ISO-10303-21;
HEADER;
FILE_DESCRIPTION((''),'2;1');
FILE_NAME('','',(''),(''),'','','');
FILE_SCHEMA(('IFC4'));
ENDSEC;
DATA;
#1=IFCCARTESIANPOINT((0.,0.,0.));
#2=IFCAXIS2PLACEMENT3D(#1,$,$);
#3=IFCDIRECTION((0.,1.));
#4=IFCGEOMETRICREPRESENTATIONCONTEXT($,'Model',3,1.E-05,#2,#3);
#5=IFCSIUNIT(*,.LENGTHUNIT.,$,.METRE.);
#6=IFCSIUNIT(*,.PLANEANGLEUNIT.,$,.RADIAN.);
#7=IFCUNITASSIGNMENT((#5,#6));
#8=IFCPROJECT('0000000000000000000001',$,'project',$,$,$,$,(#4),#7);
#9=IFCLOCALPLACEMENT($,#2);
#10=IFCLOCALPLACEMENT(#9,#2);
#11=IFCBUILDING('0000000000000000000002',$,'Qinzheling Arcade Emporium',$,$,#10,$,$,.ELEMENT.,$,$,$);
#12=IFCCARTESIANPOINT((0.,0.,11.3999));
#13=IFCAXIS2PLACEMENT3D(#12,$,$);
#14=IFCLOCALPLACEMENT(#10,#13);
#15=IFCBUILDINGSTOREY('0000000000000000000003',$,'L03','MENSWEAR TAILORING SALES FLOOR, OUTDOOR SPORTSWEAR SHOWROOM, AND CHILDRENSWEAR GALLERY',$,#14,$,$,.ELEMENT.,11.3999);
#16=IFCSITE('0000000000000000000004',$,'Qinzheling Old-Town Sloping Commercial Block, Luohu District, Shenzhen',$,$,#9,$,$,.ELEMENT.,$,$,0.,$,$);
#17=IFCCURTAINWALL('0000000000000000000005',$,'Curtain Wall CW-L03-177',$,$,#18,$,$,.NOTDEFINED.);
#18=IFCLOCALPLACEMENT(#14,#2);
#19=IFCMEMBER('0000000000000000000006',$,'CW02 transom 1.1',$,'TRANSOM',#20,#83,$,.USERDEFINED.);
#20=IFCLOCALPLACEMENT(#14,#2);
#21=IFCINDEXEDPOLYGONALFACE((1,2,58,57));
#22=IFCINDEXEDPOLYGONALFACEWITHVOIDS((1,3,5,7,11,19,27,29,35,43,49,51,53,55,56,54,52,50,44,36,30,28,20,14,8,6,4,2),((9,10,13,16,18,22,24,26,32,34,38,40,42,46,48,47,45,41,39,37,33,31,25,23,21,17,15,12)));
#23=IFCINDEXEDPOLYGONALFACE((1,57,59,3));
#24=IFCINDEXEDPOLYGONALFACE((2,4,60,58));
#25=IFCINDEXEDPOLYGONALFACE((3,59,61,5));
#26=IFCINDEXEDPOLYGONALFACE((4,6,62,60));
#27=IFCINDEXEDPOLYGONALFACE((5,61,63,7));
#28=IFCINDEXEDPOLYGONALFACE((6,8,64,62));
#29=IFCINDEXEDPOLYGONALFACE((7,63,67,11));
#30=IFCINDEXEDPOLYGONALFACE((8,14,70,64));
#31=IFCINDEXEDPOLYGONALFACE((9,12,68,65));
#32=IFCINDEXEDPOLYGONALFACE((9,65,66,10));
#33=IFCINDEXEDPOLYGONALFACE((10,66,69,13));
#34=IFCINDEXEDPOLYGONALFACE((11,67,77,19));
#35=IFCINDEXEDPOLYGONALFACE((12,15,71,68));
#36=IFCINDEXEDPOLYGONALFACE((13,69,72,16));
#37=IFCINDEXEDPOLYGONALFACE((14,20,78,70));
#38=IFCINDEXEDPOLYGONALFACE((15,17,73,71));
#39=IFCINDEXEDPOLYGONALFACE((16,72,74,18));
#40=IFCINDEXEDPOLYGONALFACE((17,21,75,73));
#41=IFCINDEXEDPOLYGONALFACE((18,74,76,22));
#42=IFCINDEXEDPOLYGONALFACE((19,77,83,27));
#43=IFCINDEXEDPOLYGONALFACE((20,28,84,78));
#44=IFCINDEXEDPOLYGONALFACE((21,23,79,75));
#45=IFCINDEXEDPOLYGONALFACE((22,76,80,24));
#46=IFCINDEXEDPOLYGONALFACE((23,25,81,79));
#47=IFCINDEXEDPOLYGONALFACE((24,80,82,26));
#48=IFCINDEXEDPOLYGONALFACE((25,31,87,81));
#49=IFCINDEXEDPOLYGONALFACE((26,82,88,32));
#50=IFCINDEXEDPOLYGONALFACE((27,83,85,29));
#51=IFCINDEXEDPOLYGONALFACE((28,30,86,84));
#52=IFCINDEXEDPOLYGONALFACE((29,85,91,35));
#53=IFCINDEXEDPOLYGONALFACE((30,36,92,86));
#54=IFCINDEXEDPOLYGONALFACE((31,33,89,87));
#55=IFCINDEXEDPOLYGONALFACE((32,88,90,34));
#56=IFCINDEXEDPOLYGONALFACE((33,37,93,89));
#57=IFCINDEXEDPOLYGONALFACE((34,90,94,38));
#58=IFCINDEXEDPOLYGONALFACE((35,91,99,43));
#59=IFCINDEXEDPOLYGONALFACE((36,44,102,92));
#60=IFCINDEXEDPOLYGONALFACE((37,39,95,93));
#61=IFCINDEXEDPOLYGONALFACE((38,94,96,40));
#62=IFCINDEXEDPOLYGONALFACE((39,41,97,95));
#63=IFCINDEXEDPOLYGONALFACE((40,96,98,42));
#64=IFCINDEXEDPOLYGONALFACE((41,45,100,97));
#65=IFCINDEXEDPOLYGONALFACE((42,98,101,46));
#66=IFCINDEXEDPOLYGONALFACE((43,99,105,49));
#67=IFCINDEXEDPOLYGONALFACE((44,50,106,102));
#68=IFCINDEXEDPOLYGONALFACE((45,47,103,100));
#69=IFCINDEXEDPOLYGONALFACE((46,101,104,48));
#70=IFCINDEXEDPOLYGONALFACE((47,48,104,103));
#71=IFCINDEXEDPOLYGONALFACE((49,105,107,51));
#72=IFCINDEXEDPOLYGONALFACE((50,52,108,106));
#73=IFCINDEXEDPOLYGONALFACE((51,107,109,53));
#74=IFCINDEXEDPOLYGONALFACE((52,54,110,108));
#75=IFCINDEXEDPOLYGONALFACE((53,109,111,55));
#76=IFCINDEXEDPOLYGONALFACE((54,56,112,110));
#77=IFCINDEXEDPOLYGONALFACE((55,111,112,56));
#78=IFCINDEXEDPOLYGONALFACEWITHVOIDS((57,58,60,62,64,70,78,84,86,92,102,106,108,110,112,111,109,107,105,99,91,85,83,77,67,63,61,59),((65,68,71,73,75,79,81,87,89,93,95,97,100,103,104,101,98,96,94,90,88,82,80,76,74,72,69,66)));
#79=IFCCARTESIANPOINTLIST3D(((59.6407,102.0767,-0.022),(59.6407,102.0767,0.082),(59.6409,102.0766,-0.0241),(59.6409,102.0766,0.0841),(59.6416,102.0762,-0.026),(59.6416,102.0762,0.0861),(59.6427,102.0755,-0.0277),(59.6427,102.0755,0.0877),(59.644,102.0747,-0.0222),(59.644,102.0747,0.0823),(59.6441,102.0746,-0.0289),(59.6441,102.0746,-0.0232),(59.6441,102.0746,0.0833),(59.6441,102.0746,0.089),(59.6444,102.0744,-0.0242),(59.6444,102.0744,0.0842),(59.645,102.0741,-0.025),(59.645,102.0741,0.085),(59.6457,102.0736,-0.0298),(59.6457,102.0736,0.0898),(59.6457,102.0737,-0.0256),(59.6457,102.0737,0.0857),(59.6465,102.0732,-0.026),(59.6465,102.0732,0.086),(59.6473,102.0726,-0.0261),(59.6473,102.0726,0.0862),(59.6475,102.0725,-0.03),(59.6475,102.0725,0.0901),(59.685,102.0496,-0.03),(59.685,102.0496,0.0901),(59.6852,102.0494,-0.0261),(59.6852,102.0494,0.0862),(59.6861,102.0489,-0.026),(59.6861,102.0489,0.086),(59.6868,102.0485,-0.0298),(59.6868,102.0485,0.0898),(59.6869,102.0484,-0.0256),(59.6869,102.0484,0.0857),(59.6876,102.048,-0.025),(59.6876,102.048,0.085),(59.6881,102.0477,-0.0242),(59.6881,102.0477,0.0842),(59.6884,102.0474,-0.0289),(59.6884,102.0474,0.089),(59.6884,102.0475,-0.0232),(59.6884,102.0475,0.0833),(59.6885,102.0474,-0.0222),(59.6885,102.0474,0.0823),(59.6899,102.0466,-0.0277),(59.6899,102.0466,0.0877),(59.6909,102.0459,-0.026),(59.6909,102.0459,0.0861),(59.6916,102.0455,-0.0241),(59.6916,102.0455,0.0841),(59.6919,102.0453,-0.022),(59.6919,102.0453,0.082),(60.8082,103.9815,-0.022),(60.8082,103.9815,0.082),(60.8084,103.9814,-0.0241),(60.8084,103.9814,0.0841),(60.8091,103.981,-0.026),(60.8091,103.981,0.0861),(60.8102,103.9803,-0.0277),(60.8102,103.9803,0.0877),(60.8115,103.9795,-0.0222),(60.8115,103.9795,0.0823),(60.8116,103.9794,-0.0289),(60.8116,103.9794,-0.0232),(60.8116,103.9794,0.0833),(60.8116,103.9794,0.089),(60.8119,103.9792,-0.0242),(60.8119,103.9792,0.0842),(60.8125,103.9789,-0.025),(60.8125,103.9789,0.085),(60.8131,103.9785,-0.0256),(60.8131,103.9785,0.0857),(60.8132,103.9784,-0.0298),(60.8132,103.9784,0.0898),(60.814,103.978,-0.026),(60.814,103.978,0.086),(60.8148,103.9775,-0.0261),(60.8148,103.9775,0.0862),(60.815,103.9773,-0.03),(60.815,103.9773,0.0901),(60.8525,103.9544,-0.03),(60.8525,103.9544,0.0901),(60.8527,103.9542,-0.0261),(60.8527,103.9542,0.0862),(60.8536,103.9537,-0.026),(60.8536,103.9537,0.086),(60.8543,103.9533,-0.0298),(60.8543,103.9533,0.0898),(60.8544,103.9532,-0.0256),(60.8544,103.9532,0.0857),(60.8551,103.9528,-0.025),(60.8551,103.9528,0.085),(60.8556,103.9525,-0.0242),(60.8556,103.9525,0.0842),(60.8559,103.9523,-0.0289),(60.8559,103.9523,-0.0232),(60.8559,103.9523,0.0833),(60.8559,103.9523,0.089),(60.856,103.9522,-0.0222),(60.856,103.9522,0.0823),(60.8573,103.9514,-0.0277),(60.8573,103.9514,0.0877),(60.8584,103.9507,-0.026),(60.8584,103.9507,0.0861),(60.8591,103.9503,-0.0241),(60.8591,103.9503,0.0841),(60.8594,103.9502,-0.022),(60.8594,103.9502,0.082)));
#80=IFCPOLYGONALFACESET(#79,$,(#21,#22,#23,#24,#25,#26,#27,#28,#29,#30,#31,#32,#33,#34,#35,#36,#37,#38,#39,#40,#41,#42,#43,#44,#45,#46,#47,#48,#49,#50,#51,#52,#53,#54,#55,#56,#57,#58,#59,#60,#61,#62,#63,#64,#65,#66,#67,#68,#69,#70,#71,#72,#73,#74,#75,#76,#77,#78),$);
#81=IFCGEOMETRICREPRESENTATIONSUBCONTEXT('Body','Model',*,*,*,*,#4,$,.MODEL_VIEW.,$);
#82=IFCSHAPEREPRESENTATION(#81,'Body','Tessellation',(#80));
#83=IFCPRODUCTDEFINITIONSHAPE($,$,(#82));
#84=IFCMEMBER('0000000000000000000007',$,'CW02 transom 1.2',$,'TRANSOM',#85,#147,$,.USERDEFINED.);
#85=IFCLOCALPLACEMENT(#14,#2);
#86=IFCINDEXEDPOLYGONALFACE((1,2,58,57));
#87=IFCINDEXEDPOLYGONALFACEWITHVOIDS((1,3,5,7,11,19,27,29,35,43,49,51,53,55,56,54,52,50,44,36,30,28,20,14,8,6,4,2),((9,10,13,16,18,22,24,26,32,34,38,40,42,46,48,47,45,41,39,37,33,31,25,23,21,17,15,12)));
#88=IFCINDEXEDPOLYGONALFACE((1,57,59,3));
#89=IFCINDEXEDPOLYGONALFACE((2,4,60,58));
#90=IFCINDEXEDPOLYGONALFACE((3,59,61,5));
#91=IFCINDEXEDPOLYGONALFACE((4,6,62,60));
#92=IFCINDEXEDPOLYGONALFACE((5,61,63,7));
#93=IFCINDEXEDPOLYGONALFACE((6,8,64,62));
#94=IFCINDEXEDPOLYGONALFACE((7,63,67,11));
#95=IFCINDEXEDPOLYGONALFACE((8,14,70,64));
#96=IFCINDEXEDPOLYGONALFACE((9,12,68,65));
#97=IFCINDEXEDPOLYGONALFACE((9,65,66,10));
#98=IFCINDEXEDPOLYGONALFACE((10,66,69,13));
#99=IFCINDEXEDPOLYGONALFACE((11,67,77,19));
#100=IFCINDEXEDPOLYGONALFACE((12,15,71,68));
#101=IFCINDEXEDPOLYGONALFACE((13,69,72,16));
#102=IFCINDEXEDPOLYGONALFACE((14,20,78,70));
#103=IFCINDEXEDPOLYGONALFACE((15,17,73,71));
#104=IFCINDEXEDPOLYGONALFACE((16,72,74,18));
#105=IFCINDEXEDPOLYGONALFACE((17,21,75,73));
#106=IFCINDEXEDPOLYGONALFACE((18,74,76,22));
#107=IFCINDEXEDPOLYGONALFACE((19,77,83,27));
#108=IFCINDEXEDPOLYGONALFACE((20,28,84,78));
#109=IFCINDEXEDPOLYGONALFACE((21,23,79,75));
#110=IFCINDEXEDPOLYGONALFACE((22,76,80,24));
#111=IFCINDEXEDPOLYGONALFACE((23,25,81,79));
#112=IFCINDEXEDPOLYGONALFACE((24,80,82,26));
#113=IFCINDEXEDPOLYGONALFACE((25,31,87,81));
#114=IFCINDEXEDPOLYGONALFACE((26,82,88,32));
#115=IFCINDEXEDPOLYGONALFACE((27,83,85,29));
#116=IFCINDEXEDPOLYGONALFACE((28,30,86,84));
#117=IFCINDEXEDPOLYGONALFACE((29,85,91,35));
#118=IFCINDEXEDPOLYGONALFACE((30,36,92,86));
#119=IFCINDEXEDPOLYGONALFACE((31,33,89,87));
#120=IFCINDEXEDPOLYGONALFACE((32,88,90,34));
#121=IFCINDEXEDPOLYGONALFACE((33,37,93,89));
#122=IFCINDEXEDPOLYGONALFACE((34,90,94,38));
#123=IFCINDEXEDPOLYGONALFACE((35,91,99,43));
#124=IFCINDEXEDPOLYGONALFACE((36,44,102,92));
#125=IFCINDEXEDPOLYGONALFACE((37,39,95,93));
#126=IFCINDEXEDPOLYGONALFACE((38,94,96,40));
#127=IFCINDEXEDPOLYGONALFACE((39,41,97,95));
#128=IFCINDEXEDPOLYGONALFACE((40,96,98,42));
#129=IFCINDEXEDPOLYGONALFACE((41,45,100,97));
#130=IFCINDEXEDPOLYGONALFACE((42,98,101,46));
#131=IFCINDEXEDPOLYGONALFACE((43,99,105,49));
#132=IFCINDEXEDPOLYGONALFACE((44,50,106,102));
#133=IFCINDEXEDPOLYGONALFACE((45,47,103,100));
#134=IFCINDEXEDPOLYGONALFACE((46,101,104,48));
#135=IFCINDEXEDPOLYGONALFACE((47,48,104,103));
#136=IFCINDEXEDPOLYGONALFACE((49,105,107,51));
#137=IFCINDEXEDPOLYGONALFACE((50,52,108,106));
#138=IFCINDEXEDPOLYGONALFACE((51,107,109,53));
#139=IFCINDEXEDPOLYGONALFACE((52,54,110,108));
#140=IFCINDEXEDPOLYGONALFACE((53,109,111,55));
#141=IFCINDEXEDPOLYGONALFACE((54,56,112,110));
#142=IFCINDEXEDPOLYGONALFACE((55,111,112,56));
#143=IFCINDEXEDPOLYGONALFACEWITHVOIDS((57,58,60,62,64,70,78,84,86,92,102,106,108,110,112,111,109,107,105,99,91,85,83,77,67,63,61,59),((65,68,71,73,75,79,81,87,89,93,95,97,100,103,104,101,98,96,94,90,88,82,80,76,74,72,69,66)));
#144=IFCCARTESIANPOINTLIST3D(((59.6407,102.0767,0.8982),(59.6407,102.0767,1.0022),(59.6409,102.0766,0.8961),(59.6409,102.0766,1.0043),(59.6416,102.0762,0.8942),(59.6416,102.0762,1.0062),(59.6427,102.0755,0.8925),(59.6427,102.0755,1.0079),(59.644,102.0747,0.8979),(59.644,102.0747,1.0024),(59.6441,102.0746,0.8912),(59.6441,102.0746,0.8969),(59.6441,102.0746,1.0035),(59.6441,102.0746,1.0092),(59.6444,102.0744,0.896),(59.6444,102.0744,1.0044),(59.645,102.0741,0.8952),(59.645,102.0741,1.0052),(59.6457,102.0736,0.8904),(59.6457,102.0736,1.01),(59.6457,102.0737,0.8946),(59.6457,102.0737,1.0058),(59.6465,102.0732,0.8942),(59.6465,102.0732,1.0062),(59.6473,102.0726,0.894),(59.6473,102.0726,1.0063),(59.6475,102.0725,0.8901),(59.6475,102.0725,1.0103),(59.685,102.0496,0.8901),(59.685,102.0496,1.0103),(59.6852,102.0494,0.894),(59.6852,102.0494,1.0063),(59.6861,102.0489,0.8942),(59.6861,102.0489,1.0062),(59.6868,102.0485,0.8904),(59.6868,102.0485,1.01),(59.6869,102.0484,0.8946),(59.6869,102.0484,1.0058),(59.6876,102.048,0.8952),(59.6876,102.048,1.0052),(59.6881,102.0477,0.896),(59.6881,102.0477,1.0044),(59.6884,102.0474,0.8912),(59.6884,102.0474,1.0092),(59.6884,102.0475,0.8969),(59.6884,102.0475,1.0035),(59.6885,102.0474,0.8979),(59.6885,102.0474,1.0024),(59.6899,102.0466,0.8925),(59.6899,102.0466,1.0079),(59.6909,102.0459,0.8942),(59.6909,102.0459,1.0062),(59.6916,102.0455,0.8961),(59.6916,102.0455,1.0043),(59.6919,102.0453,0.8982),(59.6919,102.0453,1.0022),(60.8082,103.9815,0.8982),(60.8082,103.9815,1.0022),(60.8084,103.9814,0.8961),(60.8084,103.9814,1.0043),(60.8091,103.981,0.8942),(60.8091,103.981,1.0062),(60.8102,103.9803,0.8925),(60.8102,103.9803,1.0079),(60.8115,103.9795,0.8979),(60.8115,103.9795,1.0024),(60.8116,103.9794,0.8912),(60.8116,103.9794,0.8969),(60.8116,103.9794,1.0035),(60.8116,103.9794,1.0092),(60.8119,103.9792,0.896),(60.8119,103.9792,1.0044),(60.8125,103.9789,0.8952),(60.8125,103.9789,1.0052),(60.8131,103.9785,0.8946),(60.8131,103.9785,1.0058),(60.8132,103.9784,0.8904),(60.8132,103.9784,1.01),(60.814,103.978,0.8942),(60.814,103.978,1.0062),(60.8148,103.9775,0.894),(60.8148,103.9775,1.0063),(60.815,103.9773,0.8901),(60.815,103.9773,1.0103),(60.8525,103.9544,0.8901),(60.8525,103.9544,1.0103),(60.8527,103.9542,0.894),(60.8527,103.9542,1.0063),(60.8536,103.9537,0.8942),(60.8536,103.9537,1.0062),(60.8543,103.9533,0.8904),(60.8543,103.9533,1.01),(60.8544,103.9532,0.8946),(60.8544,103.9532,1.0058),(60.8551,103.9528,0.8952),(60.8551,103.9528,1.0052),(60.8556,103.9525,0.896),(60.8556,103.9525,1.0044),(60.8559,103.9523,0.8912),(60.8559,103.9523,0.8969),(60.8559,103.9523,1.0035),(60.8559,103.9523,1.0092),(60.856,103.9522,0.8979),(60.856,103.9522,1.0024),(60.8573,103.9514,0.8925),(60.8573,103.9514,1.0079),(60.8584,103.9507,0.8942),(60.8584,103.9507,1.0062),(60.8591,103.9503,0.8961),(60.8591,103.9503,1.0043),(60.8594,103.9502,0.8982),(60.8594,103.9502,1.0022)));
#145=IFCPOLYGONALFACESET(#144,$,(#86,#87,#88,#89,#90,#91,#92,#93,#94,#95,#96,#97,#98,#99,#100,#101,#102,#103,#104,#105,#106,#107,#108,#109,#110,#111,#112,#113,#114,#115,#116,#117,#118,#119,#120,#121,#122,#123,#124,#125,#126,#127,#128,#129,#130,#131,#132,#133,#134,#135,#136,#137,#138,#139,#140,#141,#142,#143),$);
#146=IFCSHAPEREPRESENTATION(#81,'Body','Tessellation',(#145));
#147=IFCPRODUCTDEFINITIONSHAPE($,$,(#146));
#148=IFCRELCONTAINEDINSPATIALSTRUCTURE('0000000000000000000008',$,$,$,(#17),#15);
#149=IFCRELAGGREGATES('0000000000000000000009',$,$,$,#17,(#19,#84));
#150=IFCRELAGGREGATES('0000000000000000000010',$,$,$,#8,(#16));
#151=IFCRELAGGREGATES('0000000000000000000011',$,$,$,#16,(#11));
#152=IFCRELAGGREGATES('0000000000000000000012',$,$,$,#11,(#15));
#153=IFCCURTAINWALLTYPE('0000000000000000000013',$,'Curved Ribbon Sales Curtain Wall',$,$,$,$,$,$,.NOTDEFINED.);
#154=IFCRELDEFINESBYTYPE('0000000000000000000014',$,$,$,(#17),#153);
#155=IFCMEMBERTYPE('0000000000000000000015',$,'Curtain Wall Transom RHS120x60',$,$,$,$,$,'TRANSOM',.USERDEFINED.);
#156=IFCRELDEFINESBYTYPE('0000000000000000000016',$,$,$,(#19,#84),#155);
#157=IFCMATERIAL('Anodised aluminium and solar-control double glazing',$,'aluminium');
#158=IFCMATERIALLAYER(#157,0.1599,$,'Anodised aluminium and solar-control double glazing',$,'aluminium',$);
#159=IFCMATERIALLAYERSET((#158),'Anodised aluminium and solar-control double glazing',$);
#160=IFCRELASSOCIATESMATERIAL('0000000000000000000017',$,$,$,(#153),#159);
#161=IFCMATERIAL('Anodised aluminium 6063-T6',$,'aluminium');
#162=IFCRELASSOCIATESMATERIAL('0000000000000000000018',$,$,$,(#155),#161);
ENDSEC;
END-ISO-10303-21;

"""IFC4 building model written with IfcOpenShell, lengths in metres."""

from ifc_helpers import new_model, si_unit, direction, frame, origin, origin_2d, place, context, subcontext, project, spatial, hollow_rectangle, extrude, material, layer, layer_set, material_profile, profile_set, type_object, element, aggregate, save


model = new_model("IFC4")

# Units and contexts
model_context = context("Model", 3, precision=1e-05, world=origin(), true_north=direction((0.0, 1.0)))
body_context = subcontext(model_context, "Body", "Model", "MODEL_VIEW")
ifc_project = project(units=[si_unit("LENGTHUNIT", "METRE"), si_unit("PLANEANGLEUNIT", "RADIAN")], contexts=[model_context])

# Site, building, storey
site_placement = place(None, origin())
site = spatial("IfcSite", under=ifc_project, at=site_placement, Name="Qinzheling Old-Town Sloping Commercial Block, Luohu District, Shenzhen", CompositionType="ELEMENT", RefElevation=0.0)
building_placement = place(site_placement, origin())
building = spatial("IfcBuilding", under=site, at=building_placement, Name="Qinzheling Arcade Emporium", CompositionType="ELEMENT")
storey_placement = place(building_placement, frame((0.0, 0.0, 11.3999)))
storey = spatial("IfcBuildingStorey", under=building, at=storey_placement, Name="L03", Description="MENSWEAR TAILORING SALES FLOOR, OUTDOOR SPORTSWEAR SHOWROOM, AND CHILDRENSWEAR GALLERY", CompositionType="ELEMENT", Elevation=11.3999)

# Shared definitions
ifc_material_1 = material(Name="Anodised aluminium and solar-control double glazing", Category="aluminium")
ifc_layer_1 = layer(ifc_material_1, 0.1599, Name="Anodised aluminium and solar-control double glazing", Category="aluminium")
ifc_layer_set_1 = layer_set([ifc_layer_1], Name="Anodised aluminium and solar-control double glazing")
curtain_wall_type = type_object("IfcCurtainWallType", Name="Curved Ribbon Sales Curtain Wall", PredefinedType="NOTDEFINED", material=ifc_layer_set_1)
ifc_material_2 = material(Name="Anodised aluminium 6063-T6", Category="aluminium")

# Curtain wall
curtain_wall_1_placement = place(storey_placement, origin())
curtain_wall_1 = element("IfcCurtainWall", 1, at=curtain_wall_1_placement, inside=storey, type_object=curtain_wall_type, Name="Curtain Wall CW-L03-177", PredefinedType="NOTDEFINED")

# Members
ifc_material_profile_1 = material_profile(ifc_material_2, hollow_rectangle(XDim=0.0601, YDim=0.1201, WallThickness=0.0039, InnerFilletRadius=0.0039, OuterFilletRadius=0.0081, at=origin_2d()), Name="RHS 120x60x4", Category="aluminium")
ifc_profile_set_1 = profile_set([ifc_material_profile_1], Name="Anodised aluminium 6063-T6")
member_type_1 = type_object("IfcMemberType", Name="Curtain Wall Transom RHS120x60", ElementType="TRANSOM", PredefinedType="USERDEFINED", material=ifc_profile_set_1)
member_1_placement = place(storey_placement, frame((59.6663, 102.061, 0.03), z_axis=(0.522572, 0.852595, 0.0), x_axis=(-0.852595, 0.522572, 0.0)))
member_1 = element("IfcMember", 2, at=member_1_placement, type_object=member_type_1, Name="CW02 transom 1.1", ObjectType="TRANSOM", PredefinedType="USERDEFINED", context=body_context, shape_type="SweptSolid", body=[
    extrude(hollow_rectangle(XDim=0.0601, YDim=0.1201, WallThickness=0.0039, InnerFilletRadius=0.0039, OuterFilletRadius=0.0081, at=origin_2d()), origin(), (0.0, 0.0, 1.0), 2.2341),
])
member_2_placement = place(storey_placement, frame((59.6663, 102.061, 0.9502), z_axis=(0.522572, 0.852595, 0.0), x_axis=(-0.852595, 0.522572, 0.0)))
member_2 = element("IfcMember", 3, at=member_2_placement, type_object=member_type_1, Name="CW02 transom 1.2", ObjectType="TRANSOM", PredefinedType="USERDEFINED", context=body_context, shape_type="SweptSolid", body=[
    extrude(hollow_rectangle(XDim=0.0601, YDim=0.1201, WallThickness=0.0039, InnerFilletRadius=0.0039, OuterFilletRadius=0.0081, at=origin_2d()), origin(), (0.0, 0.0, 1.0), 2.2341),
])

aggregate(curtain_wall_1, [member_1, member_2])

save(model, "model.ifc")
